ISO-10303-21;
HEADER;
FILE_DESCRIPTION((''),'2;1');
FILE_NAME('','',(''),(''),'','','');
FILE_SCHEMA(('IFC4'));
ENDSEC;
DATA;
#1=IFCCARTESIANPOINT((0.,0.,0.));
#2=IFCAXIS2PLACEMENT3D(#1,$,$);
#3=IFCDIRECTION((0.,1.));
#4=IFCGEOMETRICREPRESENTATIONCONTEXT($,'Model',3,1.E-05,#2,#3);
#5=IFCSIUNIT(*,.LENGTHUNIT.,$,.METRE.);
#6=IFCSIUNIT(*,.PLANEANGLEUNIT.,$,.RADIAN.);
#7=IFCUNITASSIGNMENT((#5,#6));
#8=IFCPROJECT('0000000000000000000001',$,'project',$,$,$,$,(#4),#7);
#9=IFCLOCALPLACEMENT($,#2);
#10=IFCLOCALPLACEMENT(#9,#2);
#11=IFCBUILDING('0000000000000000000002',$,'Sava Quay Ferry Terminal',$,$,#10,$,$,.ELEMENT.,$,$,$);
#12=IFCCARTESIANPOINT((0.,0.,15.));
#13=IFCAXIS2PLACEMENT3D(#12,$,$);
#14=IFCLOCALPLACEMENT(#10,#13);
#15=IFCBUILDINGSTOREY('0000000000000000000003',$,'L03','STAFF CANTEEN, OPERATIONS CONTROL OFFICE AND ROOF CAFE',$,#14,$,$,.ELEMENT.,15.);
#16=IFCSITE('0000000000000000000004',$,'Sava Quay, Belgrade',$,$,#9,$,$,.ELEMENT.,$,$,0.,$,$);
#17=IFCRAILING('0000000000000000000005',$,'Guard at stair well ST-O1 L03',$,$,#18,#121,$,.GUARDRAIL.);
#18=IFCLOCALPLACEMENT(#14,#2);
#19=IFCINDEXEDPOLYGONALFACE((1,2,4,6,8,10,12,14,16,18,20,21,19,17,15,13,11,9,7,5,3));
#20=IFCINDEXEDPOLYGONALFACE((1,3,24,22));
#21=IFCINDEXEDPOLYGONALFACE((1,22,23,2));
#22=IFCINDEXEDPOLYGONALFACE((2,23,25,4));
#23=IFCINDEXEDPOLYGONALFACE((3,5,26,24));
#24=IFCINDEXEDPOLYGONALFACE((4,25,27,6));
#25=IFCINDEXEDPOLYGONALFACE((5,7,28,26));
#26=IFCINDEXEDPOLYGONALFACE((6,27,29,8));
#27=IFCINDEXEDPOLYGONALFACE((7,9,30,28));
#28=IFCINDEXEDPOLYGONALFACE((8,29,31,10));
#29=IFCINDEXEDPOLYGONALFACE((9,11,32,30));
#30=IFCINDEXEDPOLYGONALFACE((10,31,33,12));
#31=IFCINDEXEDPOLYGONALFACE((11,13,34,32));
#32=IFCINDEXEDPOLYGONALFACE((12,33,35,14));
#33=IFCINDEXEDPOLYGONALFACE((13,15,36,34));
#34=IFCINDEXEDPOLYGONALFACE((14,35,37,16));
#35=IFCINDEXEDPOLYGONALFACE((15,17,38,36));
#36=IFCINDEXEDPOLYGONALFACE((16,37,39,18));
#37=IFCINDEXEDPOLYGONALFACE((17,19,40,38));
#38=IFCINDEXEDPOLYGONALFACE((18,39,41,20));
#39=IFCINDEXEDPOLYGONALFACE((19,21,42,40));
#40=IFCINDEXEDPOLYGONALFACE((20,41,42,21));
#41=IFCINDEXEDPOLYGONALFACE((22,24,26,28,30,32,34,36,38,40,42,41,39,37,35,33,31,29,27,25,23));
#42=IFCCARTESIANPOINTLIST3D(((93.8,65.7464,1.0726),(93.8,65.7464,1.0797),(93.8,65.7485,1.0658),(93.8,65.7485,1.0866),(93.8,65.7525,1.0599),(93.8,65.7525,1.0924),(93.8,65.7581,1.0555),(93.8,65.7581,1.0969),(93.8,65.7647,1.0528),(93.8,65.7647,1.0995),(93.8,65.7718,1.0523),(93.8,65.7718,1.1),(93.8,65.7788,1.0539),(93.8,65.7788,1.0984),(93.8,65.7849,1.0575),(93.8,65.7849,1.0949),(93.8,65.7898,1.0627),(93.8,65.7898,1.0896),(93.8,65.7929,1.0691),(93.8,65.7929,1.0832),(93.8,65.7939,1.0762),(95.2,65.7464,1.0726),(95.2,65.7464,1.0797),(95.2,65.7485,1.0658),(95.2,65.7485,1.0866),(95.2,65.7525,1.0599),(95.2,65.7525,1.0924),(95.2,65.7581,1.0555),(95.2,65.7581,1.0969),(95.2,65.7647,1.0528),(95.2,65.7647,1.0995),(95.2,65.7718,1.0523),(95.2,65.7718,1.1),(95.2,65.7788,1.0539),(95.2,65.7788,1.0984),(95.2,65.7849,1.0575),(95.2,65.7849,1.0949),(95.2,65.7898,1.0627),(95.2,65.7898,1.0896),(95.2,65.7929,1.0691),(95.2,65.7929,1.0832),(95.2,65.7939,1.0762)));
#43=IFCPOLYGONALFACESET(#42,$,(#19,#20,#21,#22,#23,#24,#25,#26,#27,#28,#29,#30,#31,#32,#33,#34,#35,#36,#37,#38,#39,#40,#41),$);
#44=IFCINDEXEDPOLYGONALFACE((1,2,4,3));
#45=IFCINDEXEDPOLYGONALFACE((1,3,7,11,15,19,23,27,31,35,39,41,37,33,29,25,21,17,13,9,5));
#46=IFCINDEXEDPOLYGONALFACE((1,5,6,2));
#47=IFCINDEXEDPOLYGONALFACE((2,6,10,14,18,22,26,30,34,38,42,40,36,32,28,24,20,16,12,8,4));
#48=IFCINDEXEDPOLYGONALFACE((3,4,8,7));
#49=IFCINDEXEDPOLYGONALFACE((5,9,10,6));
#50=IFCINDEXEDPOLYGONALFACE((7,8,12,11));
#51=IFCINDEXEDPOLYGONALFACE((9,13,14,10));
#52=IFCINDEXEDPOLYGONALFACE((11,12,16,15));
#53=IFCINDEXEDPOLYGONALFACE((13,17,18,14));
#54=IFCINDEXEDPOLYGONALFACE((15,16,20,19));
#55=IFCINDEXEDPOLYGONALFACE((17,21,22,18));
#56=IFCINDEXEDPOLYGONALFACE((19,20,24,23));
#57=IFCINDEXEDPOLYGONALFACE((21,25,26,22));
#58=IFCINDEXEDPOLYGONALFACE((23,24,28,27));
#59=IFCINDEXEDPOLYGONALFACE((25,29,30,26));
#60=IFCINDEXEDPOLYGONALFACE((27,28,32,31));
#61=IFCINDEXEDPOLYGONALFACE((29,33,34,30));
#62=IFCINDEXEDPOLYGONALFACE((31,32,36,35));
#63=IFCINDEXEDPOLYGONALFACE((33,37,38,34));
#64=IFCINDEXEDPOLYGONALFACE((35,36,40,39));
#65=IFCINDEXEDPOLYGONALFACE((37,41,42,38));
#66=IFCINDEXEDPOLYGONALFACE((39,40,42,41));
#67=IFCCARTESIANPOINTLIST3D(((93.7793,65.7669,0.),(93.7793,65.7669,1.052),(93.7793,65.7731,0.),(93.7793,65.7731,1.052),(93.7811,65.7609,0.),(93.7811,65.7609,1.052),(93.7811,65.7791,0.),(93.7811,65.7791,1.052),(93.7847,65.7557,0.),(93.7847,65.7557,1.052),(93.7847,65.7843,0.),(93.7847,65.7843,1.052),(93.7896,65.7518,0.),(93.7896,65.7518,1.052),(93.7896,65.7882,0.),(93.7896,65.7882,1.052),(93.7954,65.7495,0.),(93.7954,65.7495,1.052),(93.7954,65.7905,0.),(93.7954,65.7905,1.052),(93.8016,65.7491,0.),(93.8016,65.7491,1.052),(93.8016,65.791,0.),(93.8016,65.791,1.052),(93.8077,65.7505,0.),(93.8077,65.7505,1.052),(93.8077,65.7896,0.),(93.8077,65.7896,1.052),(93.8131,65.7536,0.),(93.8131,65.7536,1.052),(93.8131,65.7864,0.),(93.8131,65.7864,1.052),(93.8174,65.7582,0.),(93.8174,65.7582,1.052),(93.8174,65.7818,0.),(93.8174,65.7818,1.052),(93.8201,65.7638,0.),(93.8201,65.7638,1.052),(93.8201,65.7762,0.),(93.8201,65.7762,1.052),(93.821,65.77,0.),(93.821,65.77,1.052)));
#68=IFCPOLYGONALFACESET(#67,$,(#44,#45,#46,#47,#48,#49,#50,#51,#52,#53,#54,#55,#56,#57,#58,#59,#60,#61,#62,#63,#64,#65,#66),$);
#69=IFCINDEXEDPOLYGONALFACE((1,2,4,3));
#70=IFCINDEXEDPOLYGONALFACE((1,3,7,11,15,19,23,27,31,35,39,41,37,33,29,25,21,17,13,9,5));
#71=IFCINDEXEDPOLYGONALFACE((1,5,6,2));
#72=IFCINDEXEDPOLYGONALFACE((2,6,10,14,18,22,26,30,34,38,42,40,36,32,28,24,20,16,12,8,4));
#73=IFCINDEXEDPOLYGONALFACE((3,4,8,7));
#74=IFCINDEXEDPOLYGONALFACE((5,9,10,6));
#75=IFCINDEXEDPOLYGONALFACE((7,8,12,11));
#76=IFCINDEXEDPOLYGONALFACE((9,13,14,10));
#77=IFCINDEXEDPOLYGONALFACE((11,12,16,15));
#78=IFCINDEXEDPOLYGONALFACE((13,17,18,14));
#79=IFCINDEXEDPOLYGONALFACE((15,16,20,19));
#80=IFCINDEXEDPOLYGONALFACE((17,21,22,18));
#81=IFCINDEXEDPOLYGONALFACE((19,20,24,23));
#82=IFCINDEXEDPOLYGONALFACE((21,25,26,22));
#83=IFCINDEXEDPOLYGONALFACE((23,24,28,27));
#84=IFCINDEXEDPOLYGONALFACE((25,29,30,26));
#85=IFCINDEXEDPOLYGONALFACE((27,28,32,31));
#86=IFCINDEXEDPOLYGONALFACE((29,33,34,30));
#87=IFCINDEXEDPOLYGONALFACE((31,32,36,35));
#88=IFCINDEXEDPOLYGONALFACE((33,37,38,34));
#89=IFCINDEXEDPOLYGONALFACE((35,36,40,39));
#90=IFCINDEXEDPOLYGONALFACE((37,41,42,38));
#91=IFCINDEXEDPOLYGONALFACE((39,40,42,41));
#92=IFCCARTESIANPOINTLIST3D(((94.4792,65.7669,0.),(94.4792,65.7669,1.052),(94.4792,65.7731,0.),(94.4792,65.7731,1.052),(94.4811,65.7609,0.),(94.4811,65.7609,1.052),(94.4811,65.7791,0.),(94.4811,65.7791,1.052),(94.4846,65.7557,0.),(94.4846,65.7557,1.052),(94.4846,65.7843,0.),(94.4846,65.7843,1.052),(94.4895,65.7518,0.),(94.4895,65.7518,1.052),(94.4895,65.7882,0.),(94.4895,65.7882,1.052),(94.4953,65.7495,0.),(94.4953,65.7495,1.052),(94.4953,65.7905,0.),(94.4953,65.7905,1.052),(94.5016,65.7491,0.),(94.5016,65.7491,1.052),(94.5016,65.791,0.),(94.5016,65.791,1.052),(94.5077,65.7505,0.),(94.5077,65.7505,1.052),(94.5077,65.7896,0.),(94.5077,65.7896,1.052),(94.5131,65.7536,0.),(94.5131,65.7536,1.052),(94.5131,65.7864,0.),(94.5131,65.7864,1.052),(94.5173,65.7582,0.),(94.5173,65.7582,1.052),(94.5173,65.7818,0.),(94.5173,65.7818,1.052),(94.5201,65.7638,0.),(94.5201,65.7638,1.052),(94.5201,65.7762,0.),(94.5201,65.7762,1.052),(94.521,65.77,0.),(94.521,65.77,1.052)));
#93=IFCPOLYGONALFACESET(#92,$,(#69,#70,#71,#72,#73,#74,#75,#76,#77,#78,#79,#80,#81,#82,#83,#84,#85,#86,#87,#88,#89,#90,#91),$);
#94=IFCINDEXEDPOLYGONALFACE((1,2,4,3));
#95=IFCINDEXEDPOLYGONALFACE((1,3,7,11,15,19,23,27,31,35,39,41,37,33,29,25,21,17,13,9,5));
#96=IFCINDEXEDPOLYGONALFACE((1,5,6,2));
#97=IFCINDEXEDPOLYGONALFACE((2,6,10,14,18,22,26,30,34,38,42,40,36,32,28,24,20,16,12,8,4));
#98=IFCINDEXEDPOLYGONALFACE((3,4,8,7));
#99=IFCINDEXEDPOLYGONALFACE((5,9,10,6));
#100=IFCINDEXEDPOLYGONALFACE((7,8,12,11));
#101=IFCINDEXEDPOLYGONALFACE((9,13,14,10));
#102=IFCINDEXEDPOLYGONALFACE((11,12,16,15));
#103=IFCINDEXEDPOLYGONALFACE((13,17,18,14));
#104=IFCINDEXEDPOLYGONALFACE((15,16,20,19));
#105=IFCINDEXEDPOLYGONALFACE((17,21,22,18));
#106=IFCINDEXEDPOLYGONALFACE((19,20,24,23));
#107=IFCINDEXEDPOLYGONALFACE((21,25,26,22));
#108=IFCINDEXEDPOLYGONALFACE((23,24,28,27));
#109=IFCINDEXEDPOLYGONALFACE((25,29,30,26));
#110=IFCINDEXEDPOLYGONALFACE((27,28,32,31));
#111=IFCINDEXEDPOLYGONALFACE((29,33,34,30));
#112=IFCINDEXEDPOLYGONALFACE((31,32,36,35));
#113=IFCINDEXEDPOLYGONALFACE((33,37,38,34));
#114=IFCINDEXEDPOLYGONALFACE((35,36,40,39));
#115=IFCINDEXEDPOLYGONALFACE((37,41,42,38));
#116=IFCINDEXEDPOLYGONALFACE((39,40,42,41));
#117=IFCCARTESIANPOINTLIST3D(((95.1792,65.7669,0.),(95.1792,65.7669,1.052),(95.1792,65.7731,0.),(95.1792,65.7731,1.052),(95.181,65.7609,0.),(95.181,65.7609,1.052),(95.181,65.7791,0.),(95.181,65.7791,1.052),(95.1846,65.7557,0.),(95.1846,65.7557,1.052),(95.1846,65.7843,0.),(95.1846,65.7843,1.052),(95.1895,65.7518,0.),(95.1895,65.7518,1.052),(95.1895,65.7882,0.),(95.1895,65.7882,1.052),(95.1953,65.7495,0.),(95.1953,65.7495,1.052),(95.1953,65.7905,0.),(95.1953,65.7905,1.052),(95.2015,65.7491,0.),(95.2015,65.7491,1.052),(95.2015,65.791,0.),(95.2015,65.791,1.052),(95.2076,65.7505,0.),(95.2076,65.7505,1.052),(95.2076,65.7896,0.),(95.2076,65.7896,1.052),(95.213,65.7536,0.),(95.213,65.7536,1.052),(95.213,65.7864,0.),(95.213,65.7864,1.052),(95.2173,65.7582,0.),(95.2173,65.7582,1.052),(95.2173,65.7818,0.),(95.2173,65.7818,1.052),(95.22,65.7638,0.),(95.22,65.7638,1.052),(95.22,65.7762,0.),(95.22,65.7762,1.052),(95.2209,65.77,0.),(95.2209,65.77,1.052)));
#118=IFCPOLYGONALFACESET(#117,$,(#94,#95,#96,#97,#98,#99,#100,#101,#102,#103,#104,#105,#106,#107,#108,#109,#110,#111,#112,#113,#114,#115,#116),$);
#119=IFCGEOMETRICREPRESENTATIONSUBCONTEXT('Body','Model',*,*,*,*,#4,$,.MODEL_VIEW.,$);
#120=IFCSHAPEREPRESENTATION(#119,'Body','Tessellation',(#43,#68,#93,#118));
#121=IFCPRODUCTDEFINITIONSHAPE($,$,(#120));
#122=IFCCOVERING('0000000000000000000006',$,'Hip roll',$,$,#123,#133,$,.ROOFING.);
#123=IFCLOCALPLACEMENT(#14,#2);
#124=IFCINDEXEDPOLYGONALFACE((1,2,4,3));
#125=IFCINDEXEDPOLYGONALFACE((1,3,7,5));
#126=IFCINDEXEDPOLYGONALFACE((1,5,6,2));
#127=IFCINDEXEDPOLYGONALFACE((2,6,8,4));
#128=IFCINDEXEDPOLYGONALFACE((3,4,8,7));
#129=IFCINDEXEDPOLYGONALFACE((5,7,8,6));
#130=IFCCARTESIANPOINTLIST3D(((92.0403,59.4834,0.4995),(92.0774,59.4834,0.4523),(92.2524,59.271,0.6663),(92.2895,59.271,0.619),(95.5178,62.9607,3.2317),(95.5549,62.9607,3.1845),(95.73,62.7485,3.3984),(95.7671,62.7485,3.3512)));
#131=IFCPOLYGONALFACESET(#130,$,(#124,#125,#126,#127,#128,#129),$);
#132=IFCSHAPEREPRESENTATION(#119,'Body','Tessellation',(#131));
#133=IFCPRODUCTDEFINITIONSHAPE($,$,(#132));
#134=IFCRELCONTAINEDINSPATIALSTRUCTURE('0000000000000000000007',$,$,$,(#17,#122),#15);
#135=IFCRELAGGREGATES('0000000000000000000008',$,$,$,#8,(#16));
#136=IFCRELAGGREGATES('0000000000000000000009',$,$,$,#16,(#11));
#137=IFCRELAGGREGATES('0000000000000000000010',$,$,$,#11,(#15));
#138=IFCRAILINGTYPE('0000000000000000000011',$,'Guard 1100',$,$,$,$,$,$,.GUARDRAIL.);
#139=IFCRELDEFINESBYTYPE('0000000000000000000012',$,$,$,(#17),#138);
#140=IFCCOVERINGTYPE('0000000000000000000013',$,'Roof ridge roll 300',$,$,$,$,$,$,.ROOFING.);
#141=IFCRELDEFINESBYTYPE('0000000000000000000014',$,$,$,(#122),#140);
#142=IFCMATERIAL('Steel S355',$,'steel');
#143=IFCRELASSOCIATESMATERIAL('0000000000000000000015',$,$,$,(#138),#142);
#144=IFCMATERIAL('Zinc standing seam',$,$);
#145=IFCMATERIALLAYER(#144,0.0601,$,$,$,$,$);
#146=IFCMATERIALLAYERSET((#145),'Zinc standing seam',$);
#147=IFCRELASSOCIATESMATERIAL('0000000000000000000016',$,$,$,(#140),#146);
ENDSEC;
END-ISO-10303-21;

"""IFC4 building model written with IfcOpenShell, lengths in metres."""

from ifc_helpers import new_model, si_unit, direction, frame, origin, origin_2d, place, context, subcontext, project, spatial, polyline, circle, outline, extrude, material, layer, layer_set, type_object, element, save


model = new_model("IFC4")

# Units and contexts
model_context = context("Model", 3, precision=1e-05, world=origin(), true_north=direction((0.0, 1.0)))
body_context = subcontext(model_context, "Body", "Model", "MODEL_VIEW")
ifc_project = project(units=[si_unit("LENGTHUNIT", "METRE"), si_unit("PLANEANGLEUNIT", "RADIAN")], contexts=[model_context])

# Site, building, storey
site_placement = place(None, origin())
site = spatial("IfcSite", under=ifc_project, at=site_placement, Name="Sava Quay, Belgrade", CompositionType="ELEMENT", RefElevation=0.0)
building_placement = place(site_placement, origin())
building = spatial("IfcBuilding", under=site, at=building_placement, Name="Sava Quay Ferry Terminal", CompositionType="ELEMENT")
storey_placement = place(building_placement, frame((0.0, 0.0, 15.0)))
storey = spatial("IfcBuildingStorey", under=building, at=storey_placement, Name="L03", Description="STAFF CANTEEN, OPERATIONS CONTROL OFFICE AND ROOF CAFE", CompositionType="ELEMENT", Elevation=15.0)

# Railing
ifc_material_1 = material(Name="Steel S355", Category="steel")
railing_type = type_object("IfcRailingType", Name="Guard 1100", PredefinedType="GUARDRAIL", material=ifc_material_1)
railing_1_placement = place(storey_placement, frame((93.8, 65.77, 0.0)))
element("IfcRailing", 1, at=railing_1_placement, inside=storey, type_object=railing_type, Name="Guard at stair well ST-O1 L03", PredefinedType="GUARDRAIL", context=body_context, shape_type="SweptSolid", body=[
    extrude(circle(Radius=0.0239, at=origin_2d()), frame((0.0, 0.0, 1.0762), z_axis=(1.0, 0.0, 0.0), x_axis=(0.0, 1.0, 0.0)), (0.0, 0.0, 1.0), 1.3999),
    extrude(circle(Radius=0.021, at=origin_2d()), origin(), (0.0, 0.0, 1.0), 1.052),
    extrude(circle(Radius=0.021, at=origin_2d()), frame((0.7, 0.0, 0.0)), (0.0, 0.0, 1.0), 1.052),
    extrude(circle(Radius=0.021, at=origin_2d()), frame((1.3999, 0.0, 0.0)), (0.0, 0.0, 1.0), 1.052),
])

# Covering
ifc_material_2 = material(Name="Zinc standing seam")
ifc_layer_1 = layer(ifc_material_2, 0.0601)
ifc_layer_set_1 = layer_set([ifc_layer_1], Name="Zinc standing seam")
covering_type = type_object("IfcCoveringType", Name="Roof ridge roll 300", PredefinedType="ROOFING", material=ifc_layer_set_1)
covering_placement = place(storey_placement, frame((95.73, 62.7485, 3.3984), z_axis=(-0.617869, 0.000117, 0.786281), x_axis=(-0.618124, -0.618124, -0.485638)))
element("IfcCovering", 2, at=covering_placement, inside=storey, type_object=covering_type, Name="Hip roll", PredefinedType="ROOFING", context=body_context, shape_type="SweptSolid", body=[
    extrude(outline(polyline([(0.0, 0.0), (5.626, 0.0), (5.7068, -0.3338), (0.081, -0.3336), (0.0, 0.0)])), origin(), (0.0, 0.0, -1.0), 0.0601),
])

save(model, "model.ifc")
